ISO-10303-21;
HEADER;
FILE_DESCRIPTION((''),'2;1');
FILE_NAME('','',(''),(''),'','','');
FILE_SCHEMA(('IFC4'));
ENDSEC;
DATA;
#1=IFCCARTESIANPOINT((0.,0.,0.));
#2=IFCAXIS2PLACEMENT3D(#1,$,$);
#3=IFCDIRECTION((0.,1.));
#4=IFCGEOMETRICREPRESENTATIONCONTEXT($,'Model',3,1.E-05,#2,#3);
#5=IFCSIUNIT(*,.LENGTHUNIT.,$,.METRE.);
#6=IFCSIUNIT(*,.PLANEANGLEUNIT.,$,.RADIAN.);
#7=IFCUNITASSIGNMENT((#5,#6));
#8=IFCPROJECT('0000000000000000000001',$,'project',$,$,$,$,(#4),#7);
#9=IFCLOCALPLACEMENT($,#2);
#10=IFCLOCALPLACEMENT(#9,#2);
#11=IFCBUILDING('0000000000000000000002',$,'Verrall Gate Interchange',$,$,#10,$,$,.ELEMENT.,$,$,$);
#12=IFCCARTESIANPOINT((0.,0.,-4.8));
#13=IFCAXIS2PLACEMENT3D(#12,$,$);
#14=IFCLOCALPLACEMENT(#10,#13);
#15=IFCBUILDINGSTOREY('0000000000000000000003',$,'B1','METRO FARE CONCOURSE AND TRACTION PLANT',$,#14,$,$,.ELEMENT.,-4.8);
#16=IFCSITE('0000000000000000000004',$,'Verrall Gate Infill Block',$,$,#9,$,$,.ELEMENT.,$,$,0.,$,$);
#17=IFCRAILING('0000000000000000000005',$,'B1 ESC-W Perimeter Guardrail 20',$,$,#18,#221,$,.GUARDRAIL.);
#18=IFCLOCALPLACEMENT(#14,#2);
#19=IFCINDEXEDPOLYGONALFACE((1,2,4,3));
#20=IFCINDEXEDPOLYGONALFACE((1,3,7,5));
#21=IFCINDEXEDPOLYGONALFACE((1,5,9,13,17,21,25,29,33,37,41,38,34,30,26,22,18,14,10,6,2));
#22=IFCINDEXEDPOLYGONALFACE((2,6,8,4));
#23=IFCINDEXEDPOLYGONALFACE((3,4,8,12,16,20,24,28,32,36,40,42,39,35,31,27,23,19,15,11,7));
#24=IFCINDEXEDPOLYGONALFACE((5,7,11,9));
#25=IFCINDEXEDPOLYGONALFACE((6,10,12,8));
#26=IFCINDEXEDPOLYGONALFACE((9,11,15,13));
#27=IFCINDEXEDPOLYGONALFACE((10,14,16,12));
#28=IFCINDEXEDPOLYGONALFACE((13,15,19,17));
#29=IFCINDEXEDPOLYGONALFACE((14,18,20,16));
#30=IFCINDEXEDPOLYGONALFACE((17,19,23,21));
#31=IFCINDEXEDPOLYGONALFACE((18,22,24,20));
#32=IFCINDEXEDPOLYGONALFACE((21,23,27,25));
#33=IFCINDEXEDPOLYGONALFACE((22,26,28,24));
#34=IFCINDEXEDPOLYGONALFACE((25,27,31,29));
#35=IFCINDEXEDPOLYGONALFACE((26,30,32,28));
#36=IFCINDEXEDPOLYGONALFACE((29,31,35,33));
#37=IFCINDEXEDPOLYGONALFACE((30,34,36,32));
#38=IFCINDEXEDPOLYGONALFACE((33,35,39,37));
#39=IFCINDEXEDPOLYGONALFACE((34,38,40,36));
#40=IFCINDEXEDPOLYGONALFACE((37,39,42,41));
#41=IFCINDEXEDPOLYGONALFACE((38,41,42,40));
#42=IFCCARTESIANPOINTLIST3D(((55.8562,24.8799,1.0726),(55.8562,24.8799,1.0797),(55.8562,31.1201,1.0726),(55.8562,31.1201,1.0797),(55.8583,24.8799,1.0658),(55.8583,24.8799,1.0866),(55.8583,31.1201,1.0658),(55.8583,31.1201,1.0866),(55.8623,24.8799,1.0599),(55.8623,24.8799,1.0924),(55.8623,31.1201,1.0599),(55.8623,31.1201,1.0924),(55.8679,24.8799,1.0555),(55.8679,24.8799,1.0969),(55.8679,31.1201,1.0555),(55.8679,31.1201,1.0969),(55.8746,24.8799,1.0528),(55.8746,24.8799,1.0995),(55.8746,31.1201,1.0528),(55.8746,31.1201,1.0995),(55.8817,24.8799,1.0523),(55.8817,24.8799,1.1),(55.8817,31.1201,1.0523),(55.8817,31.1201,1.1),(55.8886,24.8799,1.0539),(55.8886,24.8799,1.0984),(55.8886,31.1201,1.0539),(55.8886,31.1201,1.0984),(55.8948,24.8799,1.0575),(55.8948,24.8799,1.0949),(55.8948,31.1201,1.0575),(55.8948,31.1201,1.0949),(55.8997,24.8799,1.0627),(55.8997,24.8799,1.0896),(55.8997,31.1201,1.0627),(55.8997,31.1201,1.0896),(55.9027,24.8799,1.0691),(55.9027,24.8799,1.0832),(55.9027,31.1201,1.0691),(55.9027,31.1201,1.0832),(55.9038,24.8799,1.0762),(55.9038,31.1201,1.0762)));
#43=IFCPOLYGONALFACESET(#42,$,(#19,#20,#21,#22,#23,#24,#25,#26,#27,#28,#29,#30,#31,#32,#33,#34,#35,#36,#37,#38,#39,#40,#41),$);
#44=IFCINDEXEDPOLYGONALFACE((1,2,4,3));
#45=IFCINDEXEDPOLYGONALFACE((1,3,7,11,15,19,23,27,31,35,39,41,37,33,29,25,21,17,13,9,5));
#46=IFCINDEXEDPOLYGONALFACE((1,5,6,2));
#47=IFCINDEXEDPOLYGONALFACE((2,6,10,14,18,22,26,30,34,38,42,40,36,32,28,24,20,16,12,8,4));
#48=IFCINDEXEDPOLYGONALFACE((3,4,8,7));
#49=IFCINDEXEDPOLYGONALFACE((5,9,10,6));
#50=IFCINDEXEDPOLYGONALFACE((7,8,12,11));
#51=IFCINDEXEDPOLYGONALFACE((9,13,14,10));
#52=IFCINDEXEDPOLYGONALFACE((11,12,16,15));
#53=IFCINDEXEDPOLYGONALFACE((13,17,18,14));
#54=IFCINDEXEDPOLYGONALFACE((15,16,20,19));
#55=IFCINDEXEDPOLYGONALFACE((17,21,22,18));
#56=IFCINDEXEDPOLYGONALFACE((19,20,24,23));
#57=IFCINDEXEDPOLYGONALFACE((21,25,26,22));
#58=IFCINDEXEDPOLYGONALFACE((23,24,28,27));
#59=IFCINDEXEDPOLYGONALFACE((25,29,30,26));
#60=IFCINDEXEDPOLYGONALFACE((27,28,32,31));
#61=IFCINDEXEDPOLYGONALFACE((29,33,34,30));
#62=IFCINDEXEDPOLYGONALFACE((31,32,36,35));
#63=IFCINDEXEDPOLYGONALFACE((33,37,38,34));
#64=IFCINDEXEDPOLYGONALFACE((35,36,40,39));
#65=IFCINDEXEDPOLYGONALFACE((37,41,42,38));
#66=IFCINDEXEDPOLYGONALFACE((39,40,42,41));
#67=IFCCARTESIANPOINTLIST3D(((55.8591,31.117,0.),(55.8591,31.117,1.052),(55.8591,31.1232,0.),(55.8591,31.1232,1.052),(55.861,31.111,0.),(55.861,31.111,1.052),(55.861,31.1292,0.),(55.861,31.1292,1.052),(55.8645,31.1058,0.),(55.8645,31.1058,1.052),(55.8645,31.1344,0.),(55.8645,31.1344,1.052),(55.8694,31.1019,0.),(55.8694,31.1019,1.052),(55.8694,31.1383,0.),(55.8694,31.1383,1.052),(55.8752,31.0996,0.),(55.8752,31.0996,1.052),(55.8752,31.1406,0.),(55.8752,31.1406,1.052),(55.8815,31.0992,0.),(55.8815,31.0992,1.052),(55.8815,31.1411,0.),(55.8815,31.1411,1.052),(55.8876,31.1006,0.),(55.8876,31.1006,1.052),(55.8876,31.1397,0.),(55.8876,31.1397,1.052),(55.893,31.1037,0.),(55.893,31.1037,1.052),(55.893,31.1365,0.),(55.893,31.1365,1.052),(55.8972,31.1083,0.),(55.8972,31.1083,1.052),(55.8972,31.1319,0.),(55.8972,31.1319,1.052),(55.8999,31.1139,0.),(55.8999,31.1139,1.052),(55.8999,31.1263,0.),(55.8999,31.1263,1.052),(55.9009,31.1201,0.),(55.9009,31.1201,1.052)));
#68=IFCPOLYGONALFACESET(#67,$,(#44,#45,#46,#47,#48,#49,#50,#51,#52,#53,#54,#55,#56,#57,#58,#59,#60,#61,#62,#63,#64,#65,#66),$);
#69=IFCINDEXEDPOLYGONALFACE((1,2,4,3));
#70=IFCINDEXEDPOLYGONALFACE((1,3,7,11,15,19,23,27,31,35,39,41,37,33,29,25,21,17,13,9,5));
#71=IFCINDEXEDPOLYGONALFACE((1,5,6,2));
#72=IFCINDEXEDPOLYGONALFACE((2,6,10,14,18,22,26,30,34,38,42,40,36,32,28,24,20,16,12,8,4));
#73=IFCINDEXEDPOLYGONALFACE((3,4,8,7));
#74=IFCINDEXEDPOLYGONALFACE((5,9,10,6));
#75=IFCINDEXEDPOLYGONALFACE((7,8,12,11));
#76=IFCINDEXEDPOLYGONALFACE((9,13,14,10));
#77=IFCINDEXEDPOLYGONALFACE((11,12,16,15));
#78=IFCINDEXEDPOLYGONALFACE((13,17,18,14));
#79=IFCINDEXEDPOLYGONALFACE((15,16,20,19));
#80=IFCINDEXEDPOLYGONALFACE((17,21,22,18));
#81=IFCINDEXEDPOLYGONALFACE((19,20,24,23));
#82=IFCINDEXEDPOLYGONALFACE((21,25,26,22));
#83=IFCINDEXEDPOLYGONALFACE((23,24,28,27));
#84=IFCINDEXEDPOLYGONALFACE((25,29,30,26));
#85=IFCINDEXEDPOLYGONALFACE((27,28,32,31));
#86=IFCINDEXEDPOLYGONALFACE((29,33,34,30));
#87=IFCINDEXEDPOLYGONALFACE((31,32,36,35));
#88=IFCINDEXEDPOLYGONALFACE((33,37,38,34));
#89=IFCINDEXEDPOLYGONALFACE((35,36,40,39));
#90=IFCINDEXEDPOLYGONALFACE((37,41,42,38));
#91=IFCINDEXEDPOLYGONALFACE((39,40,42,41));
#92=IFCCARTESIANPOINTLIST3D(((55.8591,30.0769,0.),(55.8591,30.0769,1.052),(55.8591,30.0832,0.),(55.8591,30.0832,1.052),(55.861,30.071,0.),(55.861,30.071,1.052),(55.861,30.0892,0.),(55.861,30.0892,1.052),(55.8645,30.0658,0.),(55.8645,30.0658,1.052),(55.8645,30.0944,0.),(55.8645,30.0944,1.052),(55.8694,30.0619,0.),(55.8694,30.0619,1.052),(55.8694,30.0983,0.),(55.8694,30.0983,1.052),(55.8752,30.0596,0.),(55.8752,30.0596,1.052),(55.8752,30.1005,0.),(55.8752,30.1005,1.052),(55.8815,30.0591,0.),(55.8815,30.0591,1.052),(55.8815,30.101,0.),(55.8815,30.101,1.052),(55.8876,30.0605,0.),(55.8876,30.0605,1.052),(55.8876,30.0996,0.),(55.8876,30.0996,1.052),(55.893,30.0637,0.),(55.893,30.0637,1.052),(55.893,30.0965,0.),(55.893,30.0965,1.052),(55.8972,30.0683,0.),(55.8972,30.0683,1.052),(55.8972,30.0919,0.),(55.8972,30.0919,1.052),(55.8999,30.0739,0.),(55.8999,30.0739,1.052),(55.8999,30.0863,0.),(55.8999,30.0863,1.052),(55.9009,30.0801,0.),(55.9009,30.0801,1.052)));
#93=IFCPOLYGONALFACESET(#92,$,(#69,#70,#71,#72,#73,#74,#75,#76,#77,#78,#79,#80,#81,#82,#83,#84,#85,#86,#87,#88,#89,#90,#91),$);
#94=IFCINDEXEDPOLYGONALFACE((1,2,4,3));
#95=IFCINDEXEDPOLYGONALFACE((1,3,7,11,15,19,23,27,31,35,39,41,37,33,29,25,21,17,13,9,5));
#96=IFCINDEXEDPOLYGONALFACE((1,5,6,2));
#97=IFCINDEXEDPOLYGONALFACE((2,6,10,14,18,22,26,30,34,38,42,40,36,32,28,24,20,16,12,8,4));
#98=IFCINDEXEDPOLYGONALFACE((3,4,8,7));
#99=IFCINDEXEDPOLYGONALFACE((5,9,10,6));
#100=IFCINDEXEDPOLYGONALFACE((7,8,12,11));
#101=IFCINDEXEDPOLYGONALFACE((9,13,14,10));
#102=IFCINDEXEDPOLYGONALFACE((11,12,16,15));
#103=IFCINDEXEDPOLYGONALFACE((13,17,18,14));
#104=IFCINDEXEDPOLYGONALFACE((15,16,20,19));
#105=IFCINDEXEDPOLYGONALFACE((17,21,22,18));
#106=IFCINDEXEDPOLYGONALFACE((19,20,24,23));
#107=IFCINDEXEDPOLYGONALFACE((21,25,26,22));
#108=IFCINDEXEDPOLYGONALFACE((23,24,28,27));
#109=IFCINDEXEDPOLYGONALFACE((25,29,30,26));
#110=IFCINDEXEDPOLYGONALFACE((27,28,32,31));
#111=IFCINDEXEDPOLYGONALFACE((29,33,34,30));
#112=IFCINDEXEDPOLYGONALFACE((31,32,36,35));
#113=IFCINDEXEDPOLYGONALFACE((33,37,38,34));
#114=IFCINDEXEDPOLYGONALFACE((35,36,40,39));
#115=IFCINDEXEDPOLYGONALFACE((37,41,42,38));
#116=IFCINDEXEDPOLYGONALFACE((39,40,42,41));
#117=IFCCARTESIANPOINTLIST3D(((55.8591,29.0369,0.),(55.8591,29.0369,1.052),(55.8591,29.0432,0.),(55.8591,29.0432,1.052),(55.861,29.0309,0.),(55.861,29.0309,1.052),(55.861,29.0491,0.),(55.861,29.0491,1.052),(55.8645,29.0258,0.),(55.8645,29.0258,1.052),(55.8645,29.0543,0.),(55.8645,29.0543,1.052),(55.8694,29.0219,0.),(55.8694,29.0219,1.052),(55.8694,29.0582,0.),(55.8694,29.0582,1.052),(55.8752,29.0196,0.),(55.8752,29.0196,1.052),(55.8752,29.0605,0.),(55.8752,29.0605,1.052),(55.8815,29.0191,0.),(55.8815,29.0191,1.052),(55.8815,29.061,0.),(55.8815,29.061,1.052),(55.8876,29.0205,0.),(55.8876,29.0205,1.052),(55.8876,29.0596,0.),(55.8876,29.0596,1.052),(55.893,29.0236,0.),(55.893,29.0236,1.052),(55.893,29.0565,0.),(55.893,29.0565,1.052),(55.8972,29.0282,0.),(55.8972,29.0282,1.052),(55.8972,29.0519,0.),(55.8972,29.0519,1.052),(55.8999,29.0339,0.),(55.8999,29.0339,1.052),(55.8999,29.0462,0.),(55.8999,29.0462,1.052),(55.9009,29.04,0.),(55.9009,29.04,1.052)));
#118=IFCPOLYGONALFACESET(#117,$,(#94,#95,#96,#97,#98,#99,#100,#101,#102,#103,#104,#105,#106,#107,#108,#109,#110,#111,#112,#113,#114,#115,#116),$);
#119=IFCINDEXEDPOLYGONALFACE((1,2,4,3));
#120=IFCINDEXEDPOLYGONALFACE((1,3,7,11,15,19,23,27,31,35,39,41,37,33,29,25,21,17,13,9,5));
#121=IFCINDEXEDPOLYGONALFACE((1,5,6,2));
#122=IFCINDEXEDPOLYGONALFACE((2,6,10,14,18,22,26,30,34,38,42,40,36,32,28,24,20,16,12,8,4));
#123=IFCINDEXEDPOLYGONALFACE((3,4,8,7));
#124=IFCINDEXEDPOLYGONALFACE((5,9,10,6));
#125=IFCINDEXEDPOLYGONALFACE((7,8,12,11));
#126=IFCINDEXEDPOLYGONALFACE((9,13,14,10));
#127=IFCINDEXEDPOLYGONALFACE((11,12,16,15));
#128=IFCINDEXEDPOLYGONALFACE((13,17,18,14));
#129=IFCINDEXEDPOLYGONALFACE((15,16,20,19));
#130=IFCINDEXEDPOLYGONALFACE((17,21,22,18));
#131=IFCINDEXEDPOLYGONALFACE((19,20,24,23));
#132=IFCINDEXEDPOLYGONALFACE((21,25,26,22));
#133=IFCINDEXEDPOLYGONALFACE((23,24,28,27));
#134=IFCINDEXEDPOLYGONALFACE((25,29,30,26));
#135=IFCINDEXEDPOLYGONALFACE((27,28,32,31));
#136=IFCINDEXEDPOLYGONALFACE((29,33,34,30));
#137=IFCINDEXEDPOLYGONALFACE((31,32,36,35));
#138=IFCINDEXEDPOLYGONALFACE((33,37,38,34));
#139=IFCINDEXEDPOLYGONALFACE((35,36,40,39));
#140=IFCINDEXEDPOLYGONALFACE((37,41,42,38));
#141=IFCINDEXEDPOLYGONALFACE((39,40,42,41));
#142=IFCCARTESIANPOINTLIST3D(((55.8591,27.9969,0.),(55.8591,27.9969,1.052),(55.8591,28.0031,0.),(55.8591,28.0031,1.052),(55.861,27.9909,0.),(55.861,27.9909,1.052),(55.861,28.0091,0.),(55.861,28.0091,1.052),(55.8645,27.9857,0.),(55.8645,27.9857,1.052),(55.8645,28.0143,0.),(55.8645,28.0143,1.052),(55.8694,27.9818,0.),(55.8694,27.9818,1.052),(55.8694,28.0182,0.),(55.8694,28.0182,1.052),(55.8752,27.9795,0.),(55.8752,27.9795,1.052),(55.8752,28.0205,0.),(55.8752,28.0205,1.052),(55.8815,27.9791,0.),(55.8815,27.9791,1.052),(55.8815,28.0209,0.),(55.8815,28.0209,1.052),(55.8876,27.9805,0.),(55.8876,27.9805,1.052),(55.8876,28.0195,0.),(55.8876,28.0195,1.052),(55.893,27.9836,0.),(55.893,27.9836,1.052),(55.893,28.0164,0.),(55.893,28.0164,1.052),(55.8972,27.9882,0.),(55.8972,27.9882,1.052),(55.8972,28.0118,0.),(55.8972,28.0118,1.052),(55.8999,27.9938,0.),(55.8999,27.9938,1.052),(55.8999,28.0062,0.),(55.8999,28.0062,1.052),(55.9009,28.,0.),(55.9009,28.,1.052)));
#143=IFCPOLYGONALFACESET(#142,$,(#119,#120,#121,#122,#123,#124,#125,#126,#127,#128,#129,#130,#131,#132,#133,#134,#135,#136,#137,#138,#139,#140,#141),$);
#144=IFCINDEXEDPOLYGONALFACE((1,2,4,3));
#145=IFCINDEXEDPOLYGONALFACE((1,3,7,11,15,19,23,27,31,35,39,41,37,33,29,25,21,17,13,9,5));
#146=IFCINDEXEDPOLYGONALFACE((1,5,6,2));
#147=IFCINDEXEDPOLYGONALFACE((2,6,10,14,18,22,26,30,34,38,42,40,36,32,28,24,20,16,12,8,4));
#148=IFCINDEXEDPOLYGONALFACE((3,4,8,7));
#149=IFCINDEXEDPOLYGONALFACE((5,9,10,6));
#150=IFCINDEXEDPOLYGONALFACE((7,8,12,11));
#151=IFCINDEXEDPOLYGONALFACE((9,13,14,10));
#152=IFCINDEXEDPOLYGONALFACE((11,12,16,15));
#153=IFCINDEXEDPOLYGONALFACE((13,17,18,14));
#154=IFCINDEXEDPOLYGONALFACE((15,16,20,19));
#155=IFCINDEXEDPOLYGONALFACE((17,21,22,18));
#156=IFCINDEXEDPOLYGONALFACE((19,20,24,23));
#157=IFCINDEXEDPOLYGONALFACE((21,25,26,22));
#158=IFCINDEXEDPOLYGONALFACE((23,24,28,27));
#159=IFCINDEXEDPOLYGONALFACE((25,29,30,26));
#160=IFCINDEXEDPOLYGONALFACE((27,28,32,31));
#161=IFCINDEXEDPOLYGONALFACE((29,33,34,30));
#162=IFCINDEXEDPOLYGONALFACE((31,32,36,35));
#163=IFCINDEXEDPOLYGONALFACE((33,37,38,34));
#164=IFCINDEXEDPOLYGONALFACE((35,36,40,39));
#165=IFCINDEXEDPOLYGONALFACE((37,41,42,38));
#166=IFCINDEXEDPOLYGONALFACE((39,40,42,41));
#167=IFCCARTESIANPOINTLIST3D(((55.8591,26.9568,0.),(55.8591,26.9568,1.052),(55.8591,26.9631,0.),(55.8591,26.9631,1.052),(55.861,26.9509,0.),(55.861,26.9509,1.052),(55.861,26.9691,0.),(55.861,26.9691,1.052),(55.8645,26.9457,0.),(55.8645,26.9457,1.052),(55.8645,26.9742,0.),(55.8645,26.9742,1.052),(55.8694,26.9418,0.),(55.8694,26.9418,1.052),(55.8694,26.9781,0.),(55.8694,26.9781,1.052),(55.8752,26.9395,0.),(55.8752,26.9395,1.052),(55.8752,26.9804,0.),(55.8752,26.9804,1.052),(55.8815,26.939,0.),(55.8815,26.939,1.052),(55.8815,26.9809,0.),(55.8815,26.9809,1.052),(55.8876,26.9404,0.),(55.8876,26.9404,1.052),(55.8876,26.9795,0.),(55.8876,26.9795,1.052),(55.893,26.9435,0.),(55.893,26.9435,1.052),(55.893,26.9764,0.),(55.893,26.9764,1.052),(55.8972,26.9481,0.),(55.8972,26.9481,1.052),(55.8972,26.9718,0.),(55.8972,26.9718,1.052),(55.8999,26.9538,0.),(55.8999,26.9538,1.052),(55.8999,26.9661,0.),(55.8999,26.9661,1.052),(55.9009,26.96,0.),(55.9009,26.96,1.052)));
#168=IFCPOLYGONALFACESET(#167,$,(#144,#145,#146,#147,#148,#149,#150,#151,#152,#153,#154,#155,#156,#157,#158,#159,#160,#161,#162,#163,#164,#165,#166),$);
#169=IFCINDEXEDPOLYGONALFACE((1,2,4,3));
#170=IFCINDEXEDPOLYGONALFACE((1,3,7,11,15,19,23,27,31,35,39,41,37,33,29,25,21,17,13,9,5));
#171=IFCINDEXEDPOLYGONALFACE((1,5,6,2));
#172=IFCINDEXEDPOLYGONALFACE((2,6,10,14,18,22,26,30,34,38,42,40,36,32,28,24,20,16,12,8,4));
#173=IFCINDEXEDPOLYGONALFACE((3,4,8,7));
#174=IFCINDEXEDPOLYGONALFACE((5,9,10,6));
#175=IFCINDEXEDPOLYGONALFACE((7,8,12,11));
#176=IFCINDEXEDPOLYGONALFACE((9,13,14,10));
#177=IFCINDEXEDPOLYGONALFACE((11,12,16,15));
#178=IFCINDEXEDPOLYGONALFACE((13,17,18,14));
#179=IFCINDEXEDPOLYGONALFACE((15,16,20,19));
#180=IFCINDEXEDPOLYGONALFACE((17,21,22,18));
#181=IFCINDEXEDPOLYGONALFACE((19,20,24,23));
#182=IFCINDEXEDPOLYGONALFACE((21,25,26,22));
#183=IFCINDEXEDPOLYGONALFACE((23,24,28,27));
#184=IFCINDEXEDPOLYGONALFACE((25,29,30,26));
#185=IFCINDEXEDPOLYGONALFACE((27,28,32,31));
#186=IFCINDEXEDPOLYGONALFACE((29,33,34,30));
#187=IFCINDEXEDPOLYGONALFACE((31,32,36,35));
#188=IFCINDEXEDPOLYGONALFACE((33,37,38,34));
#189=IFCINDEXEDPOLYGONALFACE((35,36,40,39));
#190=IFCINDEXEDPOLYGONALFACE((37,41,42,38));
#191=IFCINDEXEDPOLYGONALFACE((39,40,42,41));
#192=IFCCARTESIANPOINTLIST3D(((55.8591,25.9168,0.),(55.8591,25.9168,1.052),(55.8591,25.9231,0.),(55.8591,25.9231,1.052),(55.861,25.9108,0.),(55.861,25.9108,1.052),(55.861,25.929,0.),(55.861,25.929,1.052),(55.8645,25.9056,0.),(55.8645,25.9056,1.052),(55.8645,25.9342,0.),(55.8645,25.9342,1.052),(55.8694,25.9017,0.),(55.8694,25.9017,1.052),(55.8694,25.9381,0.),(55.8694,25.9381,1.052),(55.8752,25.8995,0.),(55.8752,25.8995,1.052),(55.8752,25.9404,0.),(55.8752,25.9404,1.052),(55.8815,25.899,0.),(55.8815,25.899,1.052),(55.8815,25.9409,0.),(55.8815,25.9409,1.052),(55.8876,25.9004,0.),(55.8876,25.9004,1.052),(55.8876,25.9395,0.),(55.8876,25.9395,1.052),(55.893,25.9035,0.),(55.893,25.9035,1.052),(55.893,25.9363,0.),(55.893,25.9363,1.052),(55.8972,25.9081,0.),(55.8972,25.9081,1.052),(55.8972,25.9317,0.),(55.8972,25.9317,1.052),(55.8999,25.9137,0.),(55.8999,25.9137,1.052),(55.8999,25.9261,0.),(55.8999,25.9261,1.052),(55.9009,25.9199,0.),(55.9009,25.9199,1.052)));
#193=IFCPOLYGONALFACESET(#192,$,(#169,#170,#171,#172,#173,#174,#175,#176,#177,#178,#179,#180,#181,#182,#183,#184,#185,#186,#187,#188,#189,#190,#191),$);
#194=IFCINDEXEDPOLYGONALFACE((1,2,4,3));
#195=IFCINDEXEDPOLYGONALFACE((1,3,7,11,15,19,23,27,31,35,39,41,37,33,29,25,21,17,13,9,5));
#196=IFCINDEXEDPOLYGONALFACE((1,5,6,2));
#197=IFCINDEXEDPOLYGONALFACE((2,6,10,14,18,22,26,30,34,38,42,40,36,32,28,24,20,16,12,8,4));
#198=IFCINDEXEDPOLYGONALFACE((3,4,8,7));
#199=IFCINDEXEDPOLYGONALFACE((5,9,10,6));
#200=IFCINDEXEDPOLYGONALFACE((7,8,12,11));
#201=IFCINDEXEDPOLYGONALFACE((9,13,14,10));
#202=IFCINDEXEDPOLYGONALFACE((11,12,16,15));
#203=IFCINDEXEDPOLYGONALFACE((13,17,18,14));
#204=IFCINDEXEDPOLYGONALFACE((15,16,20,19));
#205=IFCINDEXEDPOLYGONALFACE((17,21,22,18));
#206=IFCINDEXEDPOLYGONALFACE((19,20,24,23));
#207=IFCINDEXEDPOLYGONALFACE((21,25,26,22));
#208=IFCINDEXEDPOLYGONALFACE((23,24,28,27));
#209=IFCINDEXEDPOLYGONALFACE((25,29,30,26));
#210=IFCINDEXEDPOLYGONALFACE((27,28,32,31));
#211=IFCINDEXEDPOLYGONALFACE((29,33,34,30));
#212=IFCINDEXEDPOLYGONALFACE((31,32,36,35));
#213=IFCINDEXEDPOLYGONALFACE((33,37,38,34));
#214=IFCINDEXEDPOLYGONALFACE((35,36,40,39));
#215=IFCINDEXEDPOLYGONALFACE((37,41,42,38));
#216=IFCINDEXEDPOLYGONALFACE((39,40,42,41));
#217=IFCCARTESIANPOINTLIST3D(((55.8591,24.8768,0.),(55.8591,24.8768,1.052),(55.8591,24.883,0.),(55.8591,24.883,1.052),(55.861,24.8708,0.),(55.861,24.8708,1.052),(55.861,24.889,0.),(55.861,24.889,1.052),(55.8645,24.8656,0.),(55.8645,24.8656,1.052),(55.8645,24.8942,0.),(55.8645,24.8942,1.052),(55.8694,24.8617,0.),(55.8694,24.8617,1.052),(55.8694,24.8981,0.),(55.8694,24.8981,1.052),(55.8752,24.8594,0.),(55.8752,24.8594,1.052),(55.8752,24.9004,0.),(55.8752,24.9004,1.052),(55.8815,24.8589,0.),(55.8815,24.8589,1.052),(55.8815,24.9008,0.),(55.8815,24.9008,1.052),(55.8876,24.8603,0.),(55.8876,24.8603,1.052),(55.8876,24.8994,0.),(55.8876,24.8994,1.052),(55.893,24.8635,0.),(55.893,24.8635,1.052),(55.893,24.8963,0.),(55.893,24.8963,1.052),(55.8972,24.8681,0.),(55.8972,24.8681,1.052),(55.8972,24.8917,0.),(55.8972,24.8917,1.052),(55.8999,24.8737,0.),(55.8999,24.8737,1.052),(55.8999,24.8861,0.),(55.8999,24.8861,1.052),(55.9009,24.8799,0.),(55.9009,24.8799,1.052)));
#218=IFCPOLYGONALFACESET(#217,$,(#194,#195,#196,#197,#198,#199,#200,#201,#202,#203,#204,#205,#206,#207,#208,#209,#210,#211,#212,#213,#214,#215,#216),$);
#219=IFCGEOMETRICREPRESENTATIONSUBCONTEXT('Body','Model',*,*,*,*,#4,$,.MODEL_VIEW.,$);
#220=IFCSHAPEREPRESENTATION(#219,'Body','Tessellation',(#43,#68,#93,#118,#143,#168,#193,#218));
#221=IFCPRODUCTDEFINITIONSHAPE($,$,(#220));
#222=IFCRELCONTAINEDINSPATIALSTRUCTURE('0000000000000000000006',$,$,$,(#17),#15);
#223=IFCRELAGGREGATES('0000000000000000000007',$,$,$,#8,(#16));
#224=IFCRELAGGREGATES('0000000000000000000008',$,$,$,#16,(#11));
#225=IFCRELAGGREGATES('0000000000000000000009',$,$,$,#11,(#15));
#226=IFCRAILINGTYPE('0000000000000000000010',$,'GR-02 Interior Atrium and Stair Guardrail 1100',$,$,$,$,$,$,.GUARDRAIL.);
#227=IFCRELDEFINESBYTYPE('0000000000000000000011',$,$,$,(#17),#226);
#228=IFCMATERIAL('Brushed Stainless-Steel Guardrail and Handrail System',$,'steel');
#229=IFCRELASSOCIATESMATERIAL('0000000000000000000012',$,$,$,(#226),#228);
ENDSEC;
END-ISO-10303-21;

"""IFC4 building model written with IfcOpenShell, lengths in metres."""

from ifc_helpers import new_model, si_unit, direction, frame, origin, origin_2d, place, context, subcontext, project, spatial, circle, extrude, material, type_object, element, save


model = new_model("IFC4")

# Units and contexts
model_context = context("Model", 3, precision=1e-05, world=origin(), true_north=direction((0.0, 1.0)))
body_context = subcontext(model_context, "Body", "Model", "MODEL_VIEW")
ifc_project = project(units=[si_unit("LENGTHUNIT", "METRE"), si_unit("PLANEANGLEUNIT", "RADIAN")], contexts=[model_context])

# Site, building, storey
site_placement = place(None, origin())
site = spatial("IfcSite", under=ifc_project, at=site_placement, Name="Verrall Gate Infill Block", CompositionType="ELEMENT", RefElevation=0.0)
building_placement = place(site_placement, origin())
building = spatial("IfcBuilding", under=site, at=building_placement, Name="Verrall Gate Interchange", CompositionType="ELEMENT")
storey_placement = place(building_placement, frame((0.0, 0.0, -4.8)))
storey = spatial("IfcBuildingStorey", under=building, at=storey_placement, Name="B1", Description="METRO FARE CONCOURSE AND TRACTION PLANT", CompositionType="ELEMENT", Elevation=-4.8)

# Railing
ifc_material_1 = material(Name="Brushed Stainless-Steel Guardrail and Handrail System", Category="steel")
railing_type_1 = type_object("IfcRailingType", Name="GR-02 Interior Atrium and Stair Guardrail 1100", PredefinedType="GUARDRAIL", material=ifc_material_1)
railing_1_placement = place(storey_placement, frame((55.8799, 31.1201, 0.0)))
element("IfcRailing", 1, at=railing_1_placement, inside=storey, type_object=railing_type_1, Name="B1 ESC-W Perimeter Guardrail 20", PredefinedType="GUARDRAIL", context=body_context, shape_type="SweptSolid", body=[
    extrude(circle(Radius=0.0239, at=origin_2d()), frame((0.0, 0.0, 1.0762), z_axis=(0.0, -1.0, 0.0), x_axis=(1.0, 0.0, 0.0)), (0.0, 0.0, 1.0), 6.2402),
    extrude(circle(Radius=0.021, at=origin_2d()), origin(), (0.0, 0.0, 1.0), 1.052),
    extrude(circle(Radius=0.021, at=origin_2d()), frame((0.0, -1.04, 0.0)), (0.0, 0.0, 1.0), 1.052),
    extrude(circle(Radius=0.021, at=origin_2d()), frame((0.0, -2.0801, 0.0)), (0.0, 0.0, 1.0), 1.052),
    extrude(circle(Radius=0.021, at=origin_2d()), frame((0.0, -3.1201, 0.0)), (0.0, 0.0, 1.0), 1.052),
    extrude(circle(Radius=0.021, at=origin_2d()), frame((0.0, -4.1602, 0.0)), (0.0, 0.0, 1.0), 1.052),
    extrude(circle(Radius=0.021, at=origin_2d()), frame((0.0, -5.2002, 0.0)), (0.0, 0.0, 1.0), 1.052),
    extrude(circle(Radius=0.021, at=origin_2d()), frame((0.0, -6.2402, 0.0)), (0.0, 0.0, 1.0), 1.052),
])

save(model, "model.ifc")
